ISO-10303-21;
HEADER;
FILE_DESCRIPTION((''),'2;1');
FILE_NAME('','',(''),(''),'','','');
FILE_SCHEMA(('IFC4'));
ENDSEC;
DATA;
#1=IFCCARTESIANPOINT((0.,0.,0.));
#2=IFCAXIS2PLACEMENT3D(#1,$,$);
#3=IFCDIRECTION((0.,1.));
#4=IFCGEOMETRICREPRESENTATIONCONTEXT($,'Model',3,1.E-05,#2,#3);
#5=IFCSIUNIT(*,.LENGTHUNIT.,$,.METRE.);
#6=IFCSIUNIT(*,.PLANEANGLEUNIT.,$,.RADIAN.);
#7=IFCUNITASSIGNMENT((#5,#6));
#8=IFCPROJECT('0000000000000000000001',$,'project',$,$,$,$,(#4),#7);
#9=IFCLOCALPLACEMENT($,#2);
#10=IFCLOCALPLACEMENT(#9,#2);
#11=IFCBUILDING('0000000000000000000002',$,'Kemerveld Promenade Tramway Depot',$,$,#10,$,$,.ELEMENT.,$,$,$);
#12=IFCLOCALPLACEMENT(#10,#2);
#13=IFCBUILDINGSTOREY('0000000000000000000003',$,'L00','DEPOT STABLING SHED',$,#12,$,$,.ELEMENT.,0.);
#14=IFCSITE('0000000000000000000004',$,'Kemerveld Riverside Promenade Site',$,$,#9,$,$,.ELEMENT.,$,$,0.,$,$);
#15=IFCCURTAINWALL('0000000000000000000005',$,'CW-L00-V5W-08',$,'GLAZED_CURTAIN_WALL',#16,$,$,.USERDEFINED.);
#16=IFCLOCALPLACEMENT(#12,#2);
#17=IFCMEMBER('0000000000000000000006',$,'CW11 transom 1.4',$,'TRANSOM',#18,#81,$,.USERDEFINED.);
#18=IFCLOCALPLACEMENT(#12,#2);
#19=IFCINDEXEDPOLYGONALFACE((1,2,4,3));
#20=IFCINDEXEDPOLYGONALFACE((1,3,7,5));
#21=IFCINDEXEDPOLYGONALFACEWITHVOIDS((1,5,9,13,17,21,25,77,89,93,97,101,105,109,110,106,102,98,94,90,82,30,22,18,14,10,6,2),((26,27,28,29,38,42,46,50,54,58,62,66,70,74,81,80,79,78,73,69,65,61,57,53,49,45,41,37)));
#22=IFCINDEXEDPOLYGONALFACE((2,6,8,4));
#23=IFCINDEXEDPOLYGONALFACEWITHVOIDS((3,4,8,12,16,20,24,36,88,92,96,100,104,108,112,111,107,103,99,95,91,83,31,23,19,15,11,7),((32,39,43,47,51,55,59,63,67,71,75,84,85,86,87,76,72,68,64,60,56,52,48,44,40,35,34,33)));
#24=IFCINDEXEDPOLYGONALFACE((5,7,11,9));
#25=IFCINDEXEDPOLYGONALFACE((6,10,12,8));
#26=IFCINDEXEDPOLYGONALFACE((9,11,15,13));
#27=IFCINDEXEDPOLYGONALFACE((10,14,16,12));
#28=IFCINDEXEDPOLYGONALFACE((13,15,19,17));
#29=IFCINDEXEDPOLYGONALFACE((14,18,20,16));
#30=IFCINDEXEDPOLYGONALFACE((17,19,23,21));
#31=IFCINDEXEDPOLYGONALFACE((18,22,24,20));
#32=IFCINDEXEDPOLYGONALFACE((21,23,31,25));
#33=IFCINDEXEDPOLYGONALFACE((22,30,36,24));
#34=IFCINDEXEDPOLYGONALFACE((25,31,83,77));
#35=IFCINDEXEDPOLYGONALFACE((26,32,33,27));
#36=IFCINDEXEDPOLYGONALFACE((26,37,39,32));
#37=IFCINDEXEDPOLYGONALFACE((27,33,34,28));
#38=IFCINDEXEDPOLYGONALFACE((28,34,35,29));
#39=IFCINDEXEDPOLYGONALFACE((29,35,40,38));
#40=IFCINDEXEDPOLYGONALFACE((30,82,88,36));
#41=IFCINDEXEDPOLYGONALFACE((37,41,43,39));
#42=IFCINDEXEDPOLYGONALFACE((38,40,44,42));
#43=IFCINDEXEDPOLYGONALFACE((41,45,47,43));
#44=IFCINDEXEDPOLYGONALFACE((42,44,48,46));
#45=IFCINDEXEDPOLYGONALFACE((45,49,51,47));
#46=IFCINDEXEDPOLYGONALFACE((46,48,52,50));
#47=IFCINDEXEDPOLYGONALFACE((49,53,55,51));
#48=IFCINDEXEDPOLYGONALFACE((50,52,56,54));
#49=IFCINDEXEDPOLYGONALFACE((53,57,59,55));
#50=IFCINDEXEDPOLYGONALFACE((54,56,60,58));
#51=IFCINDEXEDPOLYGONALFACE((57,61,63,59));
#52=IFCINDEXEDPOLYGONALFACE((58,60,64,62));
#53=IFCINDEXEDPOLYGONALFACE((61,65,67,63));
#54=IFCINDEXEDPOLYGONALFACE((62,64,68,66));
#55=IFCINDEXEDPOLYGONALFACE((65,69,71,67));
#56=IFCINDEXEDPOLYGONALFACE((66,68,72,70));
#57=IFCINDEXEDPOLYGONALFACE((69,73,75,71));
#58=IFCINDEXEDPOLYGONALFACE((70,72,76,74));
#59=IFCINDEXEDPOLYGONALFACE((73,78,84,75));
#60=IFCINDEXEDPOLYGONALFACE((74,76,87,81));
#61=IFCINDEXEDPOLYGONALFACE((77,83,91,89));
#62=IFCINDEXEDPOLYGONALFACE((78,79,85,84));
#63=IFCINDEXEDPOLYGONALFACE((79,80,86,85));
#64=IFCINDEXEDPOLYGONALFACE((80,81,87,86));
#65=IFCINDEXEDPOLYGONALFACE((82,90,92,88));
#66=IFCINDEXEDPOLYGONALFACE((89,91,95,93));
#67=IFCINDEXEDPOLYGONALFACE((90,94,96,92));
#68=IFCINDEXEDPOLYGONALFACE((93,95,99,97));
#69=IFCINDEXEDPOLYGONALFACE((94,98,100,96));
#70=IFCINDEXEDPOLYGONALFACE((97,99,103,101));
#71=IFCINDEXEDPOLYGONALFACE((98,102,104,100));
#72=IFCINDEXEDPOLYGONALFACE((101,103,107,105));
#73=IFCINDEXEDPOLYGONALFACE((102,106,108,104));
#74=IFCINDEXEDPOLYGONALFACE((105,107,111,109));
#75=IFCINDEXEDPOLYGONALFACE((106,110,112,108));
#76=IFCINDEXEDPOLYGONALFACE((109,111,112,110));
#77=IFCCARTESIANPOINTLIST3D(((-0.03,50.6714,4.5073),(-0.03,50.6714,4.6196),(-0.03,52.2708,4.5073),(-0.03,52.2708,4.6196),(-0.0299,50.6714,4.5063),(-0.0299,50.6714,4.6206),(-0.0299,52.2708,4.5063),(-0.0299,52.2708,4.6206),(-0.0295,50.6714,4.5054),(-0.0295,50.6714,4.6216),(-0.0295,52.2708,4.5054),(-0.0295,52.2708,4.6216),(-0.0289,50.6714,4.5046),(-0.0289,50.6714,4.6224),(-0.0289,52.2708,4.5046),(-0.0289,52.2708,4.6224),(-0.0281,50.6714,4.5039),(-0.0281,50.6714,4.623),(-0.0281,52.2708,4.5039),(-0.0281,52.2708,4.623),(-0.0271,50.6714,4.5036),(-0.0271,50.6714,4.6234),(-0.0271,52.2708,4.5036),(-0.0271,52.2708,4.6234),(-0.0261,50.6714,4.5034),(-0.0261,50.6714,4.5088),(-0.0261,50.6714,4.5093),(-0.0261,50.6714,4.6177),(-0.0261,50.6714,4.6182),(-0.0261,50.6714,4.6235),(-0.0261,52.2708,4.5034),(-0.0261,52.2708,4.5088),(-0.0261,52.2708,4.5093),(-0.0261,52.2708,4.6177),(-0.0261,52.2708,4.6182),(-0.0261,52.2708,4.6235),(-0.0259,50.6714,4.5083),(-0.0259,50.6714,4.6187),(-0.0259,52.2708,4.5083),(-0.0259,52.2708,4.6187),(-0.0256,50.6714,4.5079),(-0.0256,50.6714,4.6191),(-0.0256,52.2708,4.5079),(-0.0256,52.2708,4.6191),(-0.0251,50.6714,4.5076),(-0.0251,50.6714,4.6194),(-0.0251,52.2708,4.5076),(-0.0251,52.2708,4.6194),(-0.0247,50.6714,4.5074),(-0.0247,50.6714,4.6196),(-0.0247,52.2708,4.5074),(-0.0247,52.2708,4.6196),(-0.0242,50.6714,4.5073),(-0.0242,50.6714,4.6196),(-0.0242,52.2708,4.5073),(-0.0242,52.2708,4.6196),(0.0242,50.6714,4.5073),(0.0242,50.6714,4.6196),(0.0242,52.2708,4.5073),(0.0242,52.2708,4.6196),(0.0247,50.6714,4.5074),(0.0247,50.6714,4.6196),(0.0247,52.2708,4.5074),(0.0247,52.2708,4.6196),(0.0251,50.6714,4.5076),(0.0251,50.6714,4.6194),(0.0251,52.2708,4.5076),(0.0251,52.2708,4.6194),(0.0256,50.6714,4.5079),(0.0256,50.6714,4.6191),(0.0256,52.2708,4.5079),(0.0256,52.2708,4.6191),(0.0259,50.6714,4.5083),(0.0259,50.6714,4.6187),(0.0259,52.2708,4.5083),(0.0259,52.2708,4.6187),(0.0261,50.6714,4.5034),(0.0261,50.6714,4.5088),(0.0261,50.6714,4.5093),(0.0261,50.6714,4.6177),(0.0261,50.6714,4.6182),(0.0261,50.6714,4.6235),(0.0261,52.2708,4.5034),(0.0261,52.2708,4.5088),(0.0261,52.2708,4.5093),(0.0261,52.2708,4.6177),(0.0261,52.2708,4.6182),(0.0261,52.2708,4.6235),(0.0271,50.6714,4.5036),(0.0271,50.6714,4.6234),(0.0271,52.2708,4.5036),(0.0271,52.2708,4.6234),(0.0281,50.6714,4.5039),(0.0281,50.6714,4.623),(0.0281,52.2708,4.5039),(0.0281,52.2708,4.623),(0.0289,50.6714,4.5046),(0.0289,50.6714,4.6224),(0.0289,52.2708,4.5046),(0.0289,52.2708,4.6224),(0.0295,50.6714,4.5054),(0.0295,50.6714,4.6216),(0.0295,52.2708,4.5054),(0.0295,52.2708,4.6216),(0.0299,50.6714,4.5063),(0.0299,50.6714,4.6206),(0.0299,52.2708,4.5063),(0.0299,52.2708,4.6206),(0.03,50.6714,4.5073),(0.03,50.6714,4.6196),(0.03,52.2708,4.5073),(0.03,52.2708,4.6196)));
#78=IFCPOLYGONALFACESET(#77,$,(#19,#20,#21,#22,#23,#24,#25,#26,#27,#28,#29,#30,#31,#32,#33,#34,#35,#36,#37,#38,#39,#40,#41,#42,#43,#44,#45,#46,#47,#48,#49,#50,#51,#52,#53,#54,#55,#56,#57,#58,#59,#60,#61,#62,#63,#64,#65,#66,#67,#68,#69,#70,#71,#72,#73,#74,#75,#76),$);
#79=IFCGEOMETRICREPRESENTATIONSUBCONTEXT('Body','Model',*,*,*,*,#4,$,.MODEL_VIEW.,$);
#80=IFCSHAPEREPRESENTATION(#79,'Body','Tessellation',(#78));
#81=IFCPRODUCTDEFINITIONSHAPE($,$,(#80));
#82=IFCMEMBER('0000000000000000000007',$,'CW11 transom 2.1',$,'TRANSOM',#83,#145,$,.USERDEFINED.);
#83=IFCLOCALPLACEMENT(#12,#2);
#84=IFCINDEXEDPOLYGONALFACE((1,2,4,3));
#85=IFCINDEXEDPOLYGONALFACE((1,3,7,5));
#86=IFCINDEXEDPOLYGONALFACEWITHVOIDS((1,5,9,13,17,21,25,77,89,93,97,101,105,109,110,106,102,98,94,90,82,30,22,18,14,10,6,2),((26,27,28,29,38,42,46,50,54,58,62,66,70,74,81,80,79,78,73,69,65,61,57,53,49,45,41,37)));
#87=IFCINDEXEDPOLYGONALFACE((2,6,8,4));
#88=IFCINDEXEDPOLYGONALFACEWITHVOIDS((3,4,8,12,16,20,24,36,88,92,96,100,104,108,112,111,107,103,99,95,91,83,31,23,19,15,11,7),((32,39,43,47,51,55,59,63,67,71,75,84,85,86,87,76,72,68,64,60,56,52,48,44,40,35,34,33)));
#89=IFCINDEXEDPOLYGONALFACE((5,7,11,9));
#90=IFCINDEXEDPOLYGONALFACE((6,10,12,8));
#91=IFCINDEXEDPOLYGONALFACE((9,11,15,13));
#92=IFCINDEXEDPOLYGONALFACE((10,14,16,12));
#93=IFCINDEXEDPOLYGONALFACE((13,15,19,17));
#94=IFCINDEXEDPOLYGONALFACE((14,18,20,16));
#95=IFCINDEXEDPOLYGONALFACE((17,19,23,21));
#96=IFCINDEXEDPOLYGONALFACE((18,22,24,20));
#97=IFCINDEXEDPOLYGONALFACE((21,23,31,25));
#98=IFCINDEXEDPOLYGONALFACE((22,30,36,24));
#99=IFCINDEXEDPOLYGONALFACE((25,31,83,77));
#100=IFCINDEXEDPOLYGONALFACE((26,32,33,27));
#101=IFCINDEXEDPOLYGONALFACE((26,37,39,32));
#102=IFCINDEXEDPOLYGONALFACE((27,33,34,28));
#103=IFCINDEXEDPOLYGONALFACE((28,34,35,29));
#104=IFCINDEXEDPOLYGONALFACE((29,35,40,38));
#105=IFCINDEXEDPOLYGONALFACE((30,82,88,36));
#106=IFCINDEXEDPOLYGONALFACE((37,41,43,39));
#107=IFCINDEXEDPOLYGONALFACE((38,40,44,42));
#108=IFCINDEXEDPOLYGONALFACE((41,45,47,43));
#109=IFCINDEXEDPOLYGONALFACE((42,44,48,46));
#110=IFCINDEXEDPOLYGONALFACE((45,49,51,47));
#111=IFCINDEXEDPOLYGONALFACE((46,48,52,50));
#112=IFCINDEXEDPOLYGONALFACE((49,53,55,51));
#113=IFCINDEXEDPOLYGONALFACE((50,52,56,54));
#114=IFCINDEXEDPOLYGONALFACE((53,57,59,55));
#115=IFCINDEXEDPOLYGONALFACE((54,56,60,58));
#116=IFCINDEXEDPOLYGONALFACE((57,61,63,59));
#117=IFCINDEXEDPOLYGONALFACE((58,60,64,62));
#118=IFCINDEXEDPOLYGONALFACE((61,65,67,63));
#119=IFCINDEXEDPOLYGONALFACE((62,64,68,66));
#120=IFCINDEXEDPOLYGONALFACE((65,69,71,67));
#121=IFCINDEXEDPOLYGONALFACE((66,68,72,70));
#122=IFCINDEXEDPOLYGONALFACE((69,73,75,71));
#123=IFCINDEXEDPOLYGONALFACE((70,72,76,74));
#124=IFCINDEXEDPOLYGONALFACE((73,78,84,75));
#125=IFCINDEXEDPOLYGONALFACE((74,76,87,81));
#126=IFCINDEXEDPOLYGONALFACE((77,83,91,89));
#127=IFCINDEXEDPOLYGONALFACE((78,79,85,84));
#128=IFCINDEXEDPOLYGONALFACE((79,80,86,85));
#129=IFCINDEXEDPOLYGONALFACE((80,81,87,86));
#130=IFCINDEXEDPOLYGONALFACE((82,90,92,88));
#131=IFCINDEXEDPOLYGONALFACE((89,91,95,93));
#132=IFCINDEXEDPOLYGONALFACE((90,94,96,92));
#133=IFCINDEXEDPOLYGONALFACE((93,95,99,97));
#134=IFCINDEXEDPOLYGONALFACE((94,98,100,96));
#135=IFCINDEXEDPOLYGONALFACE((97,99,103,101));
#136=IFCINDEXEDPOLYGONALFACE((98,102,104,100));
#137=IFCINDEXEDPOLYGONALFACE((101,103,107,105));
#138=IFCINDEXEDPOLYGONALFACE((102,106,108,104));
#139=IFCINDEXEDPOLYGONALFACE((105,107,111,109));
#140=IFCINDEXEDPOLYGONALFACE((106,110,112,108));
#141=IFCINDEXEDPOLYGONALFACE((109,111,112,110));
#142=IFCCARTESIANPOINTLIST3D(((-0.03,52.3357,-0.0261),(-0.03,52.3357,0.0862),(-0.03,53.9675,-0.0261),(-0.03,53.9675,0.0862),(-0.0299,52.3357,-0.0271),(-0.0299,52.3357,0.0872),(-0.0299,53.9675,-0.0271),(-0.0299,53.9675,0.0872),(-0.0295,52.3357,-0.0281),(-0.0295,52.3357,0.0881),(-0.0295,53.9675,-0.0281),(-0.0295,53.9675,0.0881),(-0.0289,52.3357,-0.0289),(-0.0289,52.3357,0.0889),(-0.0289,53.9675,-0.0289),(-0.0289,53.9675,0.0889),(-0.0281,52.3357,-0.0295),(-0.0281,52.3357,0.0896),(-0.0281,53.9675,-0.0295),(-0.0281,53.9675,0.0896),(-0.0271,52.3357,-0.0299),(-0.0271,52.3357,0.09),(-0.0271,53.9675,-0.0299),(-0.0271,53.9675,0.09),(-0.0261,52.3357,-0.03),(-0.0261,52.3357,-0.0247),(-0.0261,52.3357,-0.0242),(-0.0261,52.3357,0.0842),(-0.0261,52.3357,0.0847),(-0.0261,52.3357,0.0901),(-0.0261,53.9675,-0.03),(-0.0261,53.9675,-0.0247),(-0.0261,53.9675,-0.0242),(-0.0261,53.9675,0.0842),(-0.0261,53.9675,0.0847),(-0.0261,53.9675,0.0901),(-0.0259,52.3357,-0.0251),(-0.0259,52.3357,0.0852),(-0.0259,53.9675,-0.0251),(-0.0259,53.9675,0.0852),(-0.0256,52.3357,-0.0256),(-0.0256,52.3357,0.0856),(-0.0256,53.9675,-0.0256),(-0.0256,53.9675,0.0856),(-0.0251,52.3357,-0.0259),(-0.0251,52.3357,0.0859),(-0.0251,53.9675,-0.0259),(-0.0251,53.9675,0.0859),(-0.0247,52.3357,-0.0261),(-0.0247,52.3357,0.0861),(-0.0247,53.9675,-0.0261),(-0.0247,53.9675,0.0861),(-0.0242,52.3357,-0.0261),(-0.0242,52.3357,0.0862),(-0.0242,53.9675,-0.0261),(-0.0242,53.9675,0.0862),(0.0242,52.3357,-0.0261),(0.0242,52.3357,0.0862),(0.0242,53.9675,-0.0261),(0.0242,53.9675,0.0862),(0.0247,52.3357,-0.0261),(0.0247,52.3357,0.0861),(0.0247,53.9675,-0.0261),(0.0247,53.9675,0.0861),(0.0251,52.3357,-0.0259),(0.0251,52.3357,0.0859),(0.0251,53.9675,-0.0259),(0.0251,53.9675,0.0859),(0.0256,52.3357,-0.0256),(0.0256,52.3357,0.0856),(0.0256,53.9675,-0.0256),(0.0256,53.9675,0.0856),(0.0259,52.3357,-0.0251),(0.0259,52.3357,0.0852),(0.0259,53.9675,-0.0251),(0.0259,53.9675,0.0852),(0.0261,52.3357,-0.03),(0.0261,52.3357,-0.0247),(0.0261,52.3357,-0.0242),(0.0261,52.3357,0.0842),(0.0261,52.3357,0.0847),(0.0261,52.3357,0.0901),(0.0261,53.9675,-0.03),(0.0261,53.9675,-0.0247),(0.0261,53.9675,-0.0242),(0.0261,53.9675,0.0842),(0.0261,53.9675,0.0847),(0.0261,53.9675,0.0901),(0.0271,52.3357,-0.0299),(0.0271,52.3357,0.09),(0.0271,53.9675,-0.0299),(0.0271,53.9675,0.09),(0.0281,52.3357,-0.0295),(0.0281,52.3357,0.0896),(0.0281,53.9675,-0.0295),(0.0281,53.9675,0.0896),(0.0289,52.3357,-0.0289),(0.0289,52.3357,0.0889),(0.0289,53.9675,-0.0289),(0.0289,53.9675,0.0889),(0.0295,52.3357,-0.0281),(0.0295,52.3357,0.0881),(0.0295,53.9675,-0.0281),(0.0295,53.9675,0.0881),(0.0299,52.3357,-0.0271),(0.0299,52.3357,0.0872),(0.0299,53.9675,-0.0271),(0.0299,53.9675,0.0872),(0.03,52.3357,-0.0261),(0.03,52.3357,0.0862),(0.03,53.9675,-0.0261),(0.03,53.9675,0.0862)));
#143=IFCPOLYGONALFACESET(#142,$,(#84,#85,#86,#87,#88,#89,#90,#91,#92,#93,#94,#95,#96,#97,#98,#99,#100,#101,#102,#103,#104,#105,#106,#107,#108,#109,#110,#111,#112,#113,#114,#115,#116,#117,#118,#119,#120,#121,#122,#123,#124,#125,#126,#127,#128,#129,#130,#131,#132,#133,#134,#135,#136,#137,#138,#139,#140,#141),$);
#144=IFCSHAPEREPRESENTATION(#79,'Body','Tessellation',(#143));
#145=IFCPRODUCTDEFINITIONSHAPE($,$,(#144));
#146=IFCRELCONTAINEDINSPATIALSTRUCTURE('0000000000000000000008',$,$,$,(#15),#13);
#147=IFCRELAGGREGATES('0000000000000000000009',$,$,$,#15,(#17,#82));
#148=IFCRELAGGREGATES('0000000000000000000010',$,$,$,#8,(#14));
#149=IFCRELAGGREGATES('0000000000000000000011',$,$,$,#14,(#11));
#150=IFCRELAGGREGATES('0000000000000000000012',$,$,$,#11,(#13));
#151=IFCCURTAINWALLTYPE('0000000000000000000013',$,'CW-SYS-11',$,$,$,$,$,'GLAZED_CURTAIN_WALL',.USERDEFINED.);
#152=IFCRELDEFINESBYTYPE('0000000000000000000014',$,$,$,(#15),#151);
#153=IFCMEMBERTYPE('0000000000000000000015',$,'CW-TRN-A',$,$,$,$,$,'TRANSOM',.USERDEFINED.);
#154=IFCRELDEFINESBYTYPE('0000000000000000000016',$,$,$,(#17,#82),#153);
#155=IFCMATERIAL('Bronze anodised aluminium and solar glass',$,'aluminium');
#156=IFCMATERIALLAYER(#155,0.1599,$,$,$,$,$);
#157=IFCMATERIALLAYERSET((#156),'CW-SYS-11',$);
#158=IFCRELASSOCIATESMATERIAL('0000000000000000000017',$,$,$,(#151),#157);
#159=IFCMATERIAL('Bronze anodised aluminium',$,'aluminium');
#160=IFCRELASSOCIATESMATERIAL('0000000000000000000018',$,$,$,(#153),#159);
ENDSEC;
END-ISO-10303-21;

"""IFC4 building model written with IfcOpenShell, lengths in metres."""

from ifc_helpers import new_model, si_unit, direction, frame, origin, origin_2d, place, context, subcontext, project, spatial, hollow_rectangle, extrude, material, layer, layer_set, material_profile, profile_set, type_object, element, aggregate, save


model = new_model("IFC4")

# Units and contexts
model_context = context("Model", 3, precision=1e-05, world=origin(), true_north=direction((0.0, 1.0)))
body_context = subcontext(model_context, "Body", "Model", "MODEL_VIEW")
ifc_project = project(units=[si_unit("LENGTHUNIT", "METRE"), si_unit("PLANEANGLEUNIT", "RADIAN")], contexts=[model_context])

# Site, building, storey
site_placement = place(None, origin())
site = spatial("IfcSite", under=ifc_project, at=site_placement, Name="Kemerveld Riverside Promenade Site", CompositionType="ELEMENT", RefElevation=0.0)
building_placement = place(site_placement, origin())
building = spatial("IfcBuilding", under=site, at=building_placement, Name="Kemerveld Promenade Tramway Depot", CompositionType="ELEMENT")
storey_placement = place(building_placement, origin())
storey = spatial("IfcBuildingStorey", under=building, at=storey_placement, Name="L00", Description="DEPOT STABLING SHED", CompositionType="ELEMENT", Elevation=0.0)

# Curtain wall, members
ifc_material_1 = material(Name="Bronze anodised aluminium and solar glass", Category="aluminium")
ifc_layer_1 = layer(ifc_material_1, 0.1599)
ifc_layer_set_1 = layer_set([ifc_layer_1], Name="CW-SYS-11")
curtain_wall_type = type_object("IfcCurtainWallType", Name="CW-SYS-11", ElementType="GLAZED_CURTAIN_WALL", PredefinedType="USERDEFINED", material=ifc_layer_set_1)
curtain_wall_placement = place(storey_placement, origin())
curtain_wall = element("IfcCurtainWall", 1, at=curtain_wall_placement, inside=storey, type_object=curtain_wall_type, Name="CW-L00-V5W-08", ObjectType="GLAZED_CURTAIN_WALL", PredefinedType="USERDEFINED")
ifc_material_2 = material(Name="Bronze anodised aluminium", Category="aluminium")
ifc_material_profile_1 = material_profile(ifc_material_2, hollow_rectangle(XDim=0.0601, YDim=0.1201, WallThickness=0.0039, InnerFilletRadius=0.002, OuterFilletRadius=0.0039, at=origin_2d()), Name="CW-TRN-120x60")
ifc_profile_set_1 = profile_set([ifc_material_profile_1], Name="Bronze anodised aluminium")
member_type_1 = type_object("IfcMemberType", Name="CW-TRN-A", ElementType="TRANSOM", PredefinedType="USERDEFINED", material=ifc_profile_set_1)
member_1_placement = place(storey_placement, frame((0.0, 50.6714, 4.5635), z_axis=(0.0, 1.0, 0.0), x_axis=(-1.0, 0.0, 0.0)))
member_1 = element("IfcMember", 2, at=member_1_placement, type_object=member_type_1, Name="CW11 transom 1.4", ObjectType="TRANSOM", PredefinedType="USERDEFINED", context=body_context, shape_type="SweptSolid", body=[
    extrude(hollow_rectangle(XDim=0.0601, YDim=0.1201, WallThickness=0.0039, InnerFilletRadius=0.002, OuterFilletRadius=0.0039, at=origin_2d()), origin(), (0.0, 0.0, 1.0), 1.5994),
])
member_2_placement = place(storey_placement, frame((0.0, 52.3357, 0.03), z_axis=(0.0, 1.0, 0.0), x_axis=(-1.0, 0.0, 0.0)))
member_2 = element("IfcMember", 3, at=member_2_placement, type_object=member_type_1, Name="CW11 transom 2.1", ObjectType="TRANSOM", PredefinedType="USERDEFINED", context=body_context, shape_type="SweptSolid", body=[
    extrude(hollow_rectangle(XDim=0.0601, YDim=0.1201, WallThickness=0.0039, InnerFilletRadius=0.002, OuterFilletRadius=0.0039, at=origin_2d()), origin(), (0.0, 0.0, 1.0), 1.6318),
])
aggregate(curtain_wall, [member_1, member_2])

save(model, "model.ifc")
